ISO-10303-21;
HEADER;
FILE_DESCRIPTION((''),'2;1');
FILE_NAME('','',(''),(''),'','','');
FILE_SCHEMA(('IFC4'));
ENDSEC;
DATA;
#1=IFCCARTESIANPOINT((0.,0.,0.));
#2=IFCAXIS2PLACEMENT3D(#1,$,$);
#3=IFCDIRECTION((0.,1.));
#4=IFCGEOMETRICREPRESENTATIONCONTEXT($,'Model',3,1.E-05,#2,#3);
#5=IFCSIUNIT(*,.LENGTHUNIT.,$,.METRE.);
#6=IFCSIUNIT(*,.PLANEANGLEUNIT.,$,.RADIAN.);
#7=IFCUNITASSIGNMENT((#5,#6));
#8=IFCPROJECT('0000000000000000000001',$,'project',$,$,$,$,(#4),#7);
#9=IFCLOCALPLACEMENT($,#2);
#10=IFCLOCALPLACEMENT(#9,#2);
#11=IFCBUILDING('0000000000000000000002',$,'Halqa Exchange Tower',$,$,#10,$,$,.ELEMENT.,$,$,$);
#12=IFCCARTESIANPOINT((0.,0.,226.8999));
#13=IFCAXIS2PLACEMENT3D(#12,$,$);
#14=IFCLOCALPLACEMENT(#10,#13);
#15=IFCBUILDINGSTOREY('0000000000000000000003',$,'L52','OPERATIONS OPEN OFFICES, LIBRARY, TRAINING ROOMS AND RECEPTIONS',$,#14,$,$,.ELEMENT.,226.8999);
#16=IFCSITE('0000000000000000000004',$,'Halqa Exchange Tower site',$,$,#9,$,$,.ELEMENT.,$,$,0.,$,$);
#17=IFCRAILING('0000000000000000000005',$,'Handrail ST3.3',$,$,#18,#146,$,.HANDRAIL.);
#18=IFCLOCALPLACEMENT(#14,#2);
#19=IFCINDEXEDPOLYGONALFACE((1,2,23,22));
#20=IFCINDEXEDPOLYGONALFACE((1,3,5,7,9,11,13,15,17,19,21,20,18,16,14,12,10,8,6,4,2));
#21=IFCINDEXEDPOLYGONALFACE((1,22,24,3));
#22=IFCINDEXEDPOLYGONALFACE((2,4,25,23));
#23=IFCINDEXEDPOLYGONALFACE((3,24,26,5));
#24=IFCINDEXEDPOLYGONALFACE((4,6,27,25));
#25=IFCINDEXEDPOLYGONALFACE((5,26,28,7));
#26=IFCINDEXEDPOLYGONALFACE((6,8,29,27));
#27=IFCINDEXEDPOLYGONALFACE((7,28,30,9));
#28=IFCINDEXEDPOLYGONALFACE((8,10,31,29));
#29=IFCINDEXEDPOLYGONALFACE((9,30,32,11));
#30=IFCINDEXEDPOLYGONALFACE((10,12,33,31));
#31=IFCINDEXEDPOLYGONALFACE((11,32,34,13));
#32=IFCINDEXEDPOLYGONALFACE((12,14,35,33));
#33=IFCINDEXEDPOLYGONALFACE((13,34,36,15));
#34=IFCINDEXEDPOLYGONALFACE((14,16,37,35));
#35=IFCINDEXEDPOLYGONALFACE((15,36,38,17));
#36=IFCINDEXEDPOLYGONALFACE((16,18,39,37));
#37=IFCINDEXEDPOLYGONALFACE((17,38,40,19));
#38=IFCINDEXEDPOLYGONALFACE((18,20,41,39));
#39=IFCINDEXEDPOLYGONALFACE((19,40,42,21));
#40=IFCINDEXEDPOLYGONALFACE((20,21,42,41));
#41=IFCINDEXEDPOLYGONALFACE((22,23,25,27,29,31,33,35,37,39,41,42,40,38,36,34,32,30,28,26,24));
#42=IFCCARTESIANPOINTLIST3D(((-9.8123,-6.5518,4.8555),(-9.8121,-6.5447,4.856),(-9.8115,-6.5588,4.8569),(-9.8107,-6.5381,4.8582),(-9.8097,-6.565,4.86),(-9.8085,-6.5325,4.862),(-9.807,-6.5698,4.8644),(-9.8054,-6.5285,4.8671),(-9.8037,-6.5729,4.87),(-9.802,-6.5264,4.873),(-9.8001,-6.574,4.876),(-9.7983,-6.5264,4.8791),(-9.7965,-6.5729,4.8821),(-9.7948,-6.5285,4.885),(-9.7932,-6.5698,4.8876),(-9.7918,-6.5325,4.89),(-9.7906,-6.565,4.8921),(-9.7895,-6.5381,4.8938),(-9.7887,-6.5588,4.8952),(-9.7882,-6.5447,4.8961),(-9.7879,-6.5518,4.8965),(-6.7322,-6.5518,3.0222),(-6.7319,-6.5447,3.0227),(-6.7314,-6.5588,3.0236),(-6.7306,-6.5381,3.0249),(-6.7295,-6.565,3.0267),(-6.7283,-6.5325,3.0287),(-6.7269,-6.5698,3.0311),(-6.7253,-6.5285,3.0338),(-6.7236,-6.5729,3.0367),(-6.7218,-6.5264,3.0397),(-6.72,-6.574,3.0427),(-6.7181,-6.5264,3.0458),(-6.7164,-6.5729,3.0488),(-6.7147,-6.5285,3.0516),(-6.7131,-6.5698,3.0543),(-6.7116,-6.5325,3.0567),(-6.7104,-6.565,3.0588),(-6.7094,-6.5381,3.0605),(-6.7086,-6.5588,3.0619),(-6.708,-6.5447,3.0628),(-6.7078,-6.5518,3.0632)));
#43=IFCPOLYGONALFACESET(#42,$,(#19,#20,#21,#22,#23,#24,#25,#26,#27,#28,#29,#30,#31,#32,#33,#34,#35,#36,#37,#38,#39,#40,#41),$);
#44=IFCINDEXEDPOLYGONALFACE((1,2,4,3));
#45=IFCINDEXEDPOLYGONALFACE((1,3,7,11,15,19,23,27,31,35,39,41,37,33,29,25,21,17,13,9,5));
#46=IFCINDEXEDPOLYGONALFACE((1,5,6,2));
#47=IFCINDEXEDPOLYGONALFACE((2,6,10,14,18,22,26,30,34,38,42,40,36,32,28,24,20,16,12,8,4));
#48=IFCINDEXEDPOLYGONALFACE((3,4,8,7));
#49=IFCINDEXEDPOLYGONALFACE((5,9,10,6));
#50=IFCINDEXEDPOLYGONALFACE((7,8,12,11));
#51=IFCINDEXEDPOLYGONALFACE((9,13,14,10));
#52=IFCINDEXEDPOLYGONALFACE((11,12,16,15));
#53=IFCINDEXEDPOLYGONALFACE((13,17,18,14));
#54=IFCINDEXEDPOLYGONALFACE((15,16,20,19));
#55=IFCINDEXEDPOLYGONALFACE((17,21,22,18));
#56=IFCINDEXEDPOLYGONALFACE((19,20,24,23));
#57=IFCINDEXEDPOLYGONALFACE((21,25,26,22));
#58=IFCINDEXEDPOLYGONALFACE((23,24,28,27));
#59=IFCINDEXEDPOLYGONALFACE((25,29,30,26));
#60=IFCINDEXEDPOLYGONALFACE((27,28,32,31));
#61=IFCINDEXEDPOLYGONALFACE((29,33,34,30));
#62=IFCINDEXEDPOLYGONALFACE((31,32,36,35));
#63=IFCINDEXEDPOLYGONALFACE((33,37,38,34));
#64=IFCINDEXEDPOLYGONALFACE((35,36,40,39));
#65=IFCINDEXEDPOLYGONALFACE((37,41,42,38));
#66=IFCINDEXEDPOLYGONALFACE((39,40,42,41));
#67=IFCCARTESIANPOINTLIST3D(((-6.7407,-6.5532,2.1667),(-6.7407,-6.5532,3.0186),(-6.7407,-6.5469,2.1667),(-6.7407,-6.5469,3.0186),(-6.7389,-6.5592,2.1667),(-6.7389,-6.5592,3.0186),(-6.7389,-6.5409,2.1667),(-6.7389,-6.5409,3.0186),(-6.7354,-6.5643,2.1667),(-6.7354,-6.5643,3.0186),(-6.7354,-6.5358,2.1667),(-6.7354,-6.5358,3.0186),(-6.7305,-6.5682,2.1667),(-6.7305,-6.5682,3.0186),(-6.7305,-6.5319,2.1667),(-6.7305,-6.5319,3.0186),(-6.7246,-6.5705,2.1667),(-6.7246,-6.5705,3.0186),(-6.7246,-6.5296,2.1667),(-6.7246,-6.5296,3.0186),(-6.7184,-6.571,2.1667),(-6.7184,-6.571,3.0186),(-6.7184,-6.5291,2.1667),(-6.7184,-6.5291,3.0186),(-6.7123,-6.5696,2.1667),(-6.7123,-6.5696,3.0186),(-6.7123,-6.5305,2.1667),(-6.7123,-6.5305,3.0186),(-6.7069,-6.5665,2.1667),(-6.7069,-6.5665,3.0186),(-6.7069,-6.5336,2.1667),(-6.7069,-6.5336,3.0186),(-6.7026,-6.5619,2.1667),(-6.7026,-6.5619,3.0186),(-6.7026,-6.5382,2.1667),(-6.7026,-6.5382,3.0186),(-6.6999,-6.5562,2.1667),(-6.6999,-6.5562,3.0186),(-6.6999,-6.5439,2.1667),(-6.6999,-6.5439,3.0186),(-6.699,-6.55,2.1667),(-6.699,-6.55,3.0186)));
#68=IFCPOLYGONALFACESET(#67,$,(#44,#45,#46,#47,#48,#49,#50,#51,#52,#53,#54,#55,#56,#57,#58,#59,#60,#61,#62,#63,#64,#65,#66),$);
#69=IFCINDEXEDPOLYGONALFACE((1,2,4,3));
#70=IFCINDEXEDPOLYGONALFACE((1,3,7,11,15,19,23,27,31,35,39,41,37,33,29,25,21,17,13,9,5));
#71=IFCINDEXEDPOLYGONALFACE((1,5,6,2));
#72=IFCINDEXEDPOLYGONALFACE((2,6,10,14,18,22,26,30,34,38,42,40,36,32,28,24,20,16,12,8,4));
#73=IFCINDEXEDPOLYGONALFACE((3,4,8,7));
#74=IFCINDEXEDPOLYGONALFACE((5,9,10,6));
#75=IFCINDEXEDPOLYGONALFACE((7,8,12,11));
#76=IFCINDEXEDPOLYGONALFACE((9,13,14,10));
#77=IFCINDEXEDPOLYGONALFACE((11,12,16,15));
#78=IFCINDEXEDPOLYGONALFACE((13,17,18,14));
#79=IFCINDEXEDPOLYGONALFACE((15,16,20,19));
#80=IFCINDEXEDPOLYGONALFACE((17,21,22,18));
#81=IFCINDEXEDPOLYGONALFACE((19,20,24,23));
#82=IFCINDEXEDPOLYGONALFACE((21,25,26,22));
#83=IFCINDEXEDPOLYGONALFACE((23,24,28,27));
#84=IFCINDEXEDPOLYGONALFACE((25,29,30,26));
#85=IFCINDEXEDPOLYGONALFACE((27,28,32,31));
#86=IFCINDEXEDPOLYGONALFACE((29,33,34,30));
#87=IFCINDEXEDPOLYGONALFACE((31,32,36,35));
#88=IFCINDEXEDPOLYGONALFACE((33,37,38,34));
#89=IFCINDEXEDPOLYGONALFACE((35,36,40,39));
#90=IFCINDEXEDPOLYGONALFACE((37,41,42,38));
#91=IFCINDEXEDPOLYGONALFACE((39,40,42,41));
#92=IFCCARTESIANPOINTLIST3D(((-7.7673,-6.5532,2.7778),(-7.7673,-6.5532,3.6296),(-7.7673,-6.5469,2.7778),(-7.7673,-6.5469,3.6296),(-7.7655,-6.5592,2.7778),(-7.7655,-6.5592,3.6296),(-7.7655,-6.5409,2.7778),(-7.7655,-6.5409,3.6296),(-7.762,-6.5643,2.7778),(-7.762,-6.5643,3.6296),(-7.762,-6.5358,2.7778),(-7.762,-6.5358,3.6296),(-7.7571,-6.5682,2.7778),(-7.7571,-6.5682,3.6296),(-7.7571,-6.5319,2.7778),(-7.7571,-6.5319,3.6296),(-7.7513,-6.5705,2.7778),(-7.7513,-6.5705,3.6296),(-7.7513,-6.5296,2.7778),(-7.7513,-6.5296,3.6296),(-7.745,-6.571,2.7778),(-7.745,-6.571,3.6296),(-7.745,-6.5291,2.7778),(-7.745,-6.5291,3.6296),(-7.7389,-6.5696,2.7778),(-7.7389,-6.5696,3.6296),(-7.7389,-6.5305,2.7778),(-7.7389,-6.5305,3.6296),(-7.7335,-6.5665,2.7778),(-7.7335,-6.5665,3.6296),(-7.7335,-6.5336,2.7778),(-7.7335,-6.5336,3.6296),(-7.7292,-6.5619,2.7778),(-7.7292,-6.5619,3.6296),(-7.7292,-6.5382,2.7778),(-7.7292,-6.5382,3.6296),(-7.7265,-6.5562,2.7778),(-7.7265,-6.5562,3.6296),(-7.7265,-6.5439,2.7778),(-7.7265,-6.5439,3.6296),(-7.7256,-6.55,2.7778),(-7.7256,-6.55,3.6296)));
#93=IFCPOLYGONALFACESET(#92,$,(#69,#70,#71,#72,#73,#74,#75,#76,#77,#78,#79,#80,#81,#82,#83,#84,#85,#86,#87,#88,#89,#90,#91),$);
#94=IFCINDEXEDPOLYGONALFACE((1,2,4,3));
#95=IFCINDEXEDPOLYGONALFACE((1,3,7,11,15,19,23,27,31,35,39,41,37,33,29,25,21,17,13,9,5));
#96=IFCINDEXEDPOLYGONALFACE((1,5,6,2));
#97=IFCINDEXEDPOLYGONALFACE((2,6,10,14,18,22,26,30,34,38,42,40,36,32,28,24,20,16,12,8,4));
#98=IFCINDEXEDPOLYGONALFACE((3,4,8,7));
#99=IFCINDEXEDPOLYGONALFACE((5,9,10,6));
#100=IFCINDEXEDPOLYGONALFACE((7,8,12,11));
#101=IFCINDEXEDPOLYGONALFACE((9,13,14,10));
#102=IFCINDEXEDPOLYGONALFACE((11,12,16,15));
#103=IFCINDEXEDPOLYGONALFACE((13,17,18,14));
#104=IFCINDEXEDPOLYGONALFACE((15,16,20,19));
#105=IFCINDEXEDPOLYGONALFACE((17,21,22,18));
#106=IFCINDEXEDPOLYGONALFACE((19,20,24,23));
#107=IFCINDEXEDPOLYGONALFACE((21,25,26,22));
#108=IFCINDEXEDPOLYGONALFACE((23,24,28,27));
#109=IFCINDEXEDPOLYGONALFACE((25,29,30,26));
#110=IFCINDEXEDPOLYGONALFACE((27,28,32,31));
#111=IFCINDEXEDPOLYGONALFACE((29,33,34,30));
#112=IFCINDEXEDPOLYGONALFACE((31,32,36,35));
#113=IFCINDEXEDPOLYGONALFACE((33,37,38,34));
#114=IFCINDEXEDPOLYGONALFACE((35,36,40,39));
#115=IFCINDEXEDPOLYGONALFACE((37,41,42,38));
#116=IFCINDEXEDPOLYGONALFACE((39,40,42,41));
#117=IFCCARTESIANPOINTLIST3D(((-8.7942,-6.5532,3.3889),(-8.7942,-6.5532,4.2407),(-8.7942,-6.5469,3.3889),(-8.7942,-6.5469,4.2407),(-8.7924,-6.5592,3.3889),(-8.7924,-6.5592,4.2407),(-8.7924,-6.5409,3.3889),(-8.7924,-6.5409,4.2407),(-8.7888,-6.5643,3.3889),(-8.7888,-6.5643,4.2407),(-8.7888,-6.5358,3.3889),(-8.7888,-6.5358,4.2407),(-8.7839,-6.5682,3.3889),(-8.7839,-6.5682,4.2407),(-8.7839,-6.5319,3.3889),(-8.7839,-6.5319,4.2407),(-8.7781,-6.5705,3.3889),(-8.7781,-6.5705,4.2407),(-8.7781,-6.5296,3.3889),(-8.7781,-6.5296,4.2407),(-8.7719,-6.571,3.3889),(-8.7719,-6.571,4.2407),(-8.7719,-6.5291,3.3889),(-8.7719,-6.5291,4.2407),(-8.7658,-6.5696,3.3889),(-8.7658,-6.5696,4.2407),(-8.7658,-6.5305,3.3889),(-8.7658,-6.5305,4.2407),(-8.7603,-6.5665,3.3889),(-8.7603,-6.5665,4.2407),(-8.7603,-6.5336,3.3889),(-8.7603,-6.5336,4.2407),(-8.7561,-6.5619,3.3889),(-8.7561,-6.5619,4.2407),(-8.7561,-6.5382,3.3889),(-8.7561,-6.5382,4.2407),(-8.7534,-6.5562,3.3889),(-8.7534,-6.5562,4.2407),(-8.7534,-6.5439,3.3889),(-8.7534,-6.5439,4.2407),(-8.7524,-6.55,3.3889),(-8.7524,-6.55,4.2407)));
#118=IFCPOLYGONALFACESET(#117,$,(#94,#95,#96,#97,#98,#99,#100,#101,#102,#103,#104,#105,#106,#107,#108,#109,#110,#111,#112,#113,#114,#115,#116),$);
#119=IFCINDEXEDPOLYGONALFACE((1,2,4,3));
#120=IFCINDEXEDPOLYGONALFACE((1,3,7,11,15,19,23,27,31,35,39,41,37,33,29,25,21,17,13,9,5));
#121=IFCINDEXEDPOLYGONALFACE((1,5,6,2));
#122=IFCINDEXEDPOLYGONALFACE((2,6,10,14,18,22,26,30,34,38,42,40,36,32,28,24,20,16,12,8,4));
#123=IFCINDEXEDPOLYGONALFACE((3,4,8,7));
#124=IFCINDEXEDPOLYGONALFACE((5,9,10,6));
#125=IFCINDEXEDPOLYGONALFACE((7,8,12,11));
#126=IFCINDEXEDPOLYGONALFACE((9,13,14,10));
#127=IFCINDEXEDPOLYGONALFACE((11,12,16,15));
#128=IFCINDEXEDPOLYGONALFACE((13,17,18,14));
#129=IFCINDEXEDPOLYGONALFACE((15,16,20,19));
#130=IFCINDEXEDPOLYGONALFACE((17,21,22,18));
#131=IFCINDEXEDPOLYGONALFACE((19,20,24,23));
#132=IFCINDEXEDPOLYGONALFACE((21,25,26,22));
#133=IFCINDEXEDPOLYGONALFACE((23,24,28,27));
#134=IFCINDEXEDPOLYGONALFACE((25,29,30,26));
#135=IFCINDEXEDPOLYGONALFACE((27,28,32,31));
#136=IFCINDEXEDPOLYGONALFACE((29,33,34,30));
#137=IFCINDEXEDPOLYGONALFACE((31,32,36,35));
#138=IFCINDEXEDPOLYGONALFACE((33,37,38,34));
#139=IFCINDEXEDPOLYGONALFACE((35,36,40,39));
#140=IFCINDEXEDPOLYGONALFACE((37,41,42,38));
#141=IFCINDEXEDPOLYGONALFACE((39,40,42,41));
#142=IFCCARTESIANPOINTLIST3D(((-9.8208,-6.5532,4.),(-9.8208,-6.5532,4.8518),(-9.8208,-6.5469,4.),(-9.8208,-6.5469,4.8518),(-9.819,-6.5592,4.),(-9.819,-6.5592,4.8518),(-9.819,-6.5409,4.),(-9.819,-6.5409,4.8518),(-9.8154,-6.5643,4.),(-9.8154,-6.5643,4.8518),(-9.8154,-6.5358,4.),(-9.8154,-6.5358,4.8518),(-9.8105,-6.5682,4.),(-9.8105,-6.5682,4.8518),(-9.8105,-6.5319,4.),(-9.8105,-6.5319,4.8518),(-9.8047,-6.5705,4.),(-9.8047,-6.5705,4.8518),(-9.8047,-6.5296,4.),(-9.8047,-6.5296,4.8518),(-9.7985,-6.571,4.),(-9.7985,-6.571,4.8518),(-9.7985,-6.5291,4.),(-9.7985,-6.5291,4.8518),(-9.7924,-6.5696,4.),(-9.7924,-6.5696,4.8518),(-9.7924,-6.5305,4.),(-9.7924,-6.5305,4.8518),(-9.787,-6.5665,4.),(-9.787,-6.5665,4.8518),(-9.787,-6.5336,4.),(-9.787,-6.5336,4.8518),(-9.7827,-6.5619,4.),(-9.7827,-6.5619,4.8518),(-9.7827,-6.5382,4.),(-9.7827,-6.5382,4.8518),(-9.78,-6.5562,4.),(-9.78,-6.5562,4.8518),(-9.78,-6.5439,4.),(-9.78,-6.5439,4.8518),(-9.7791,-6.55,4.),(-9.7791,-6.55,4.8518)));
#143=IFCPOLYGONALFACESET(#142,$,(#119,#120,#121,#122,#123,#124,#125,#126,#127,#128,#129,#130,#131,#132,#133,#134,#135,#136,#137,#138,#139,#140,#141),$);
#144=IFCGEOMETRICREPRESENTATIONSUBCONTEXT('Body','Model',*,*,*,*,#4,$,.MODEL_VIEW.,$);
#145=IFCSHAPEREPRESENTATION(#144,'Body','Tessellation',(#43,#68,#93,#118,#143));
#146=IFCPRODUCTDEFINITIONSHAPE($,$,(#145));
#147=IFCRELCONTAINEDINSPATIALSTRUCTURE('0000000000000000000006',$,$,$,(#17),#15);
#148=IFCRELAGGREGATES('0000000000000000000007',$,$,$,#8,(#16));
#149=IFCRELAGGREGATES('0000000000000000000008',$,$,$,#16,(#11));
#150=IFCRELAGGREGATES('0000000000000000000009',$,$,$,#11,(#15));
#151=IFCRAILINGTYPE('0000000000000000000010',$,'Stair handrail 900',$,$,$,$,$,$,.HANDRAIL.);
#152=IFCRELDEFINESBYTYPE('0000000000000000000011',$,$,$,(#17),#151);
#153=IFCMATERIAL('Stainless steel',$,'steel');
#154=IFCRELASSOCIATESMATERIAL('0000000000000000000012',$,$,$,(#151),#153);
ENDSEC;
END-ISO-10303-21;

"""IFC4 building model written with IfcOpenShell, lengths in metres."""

from ifc_helpers import new_model, si_unit, direction, frame, origin, origin_2d, place, context, subcontext, project, spatial, circle, extrude, material, type_object, element, save


model = new_model("IFC4")

# Units and contexts
model_context = context("Model", 3, precision=1e-05, world=origin(), true_north=direction((0.0, 1.0)))
body_context = subcontext(model_context, "Body", "Model", "MODEL_VIEW")
ifc_project = project(units=[si_unit("LENGTHUNIT", "METRE"), si_unit("PLANEANGLEUNIT", "RADIAN")], contexts=[model_context])

# Site, building, storey
site_placement = place(None, origin())
site = spatial("IfcSite", under=ifc_project, at=site_placement, Name="Halqa Exchange Tower site", CompositionType="ELEMENT", RefElevation=0.0)
building_placement = place(site_placement, origin())
building = spatial("IfcBuilding", under=site, at=building_placement, Name="Halqa Exchange Tower", CompositionType="ELEMENT")
storey_placement = place(building_placement, frame((0.0, 0.0, 226.8999)))
storey = spatial("IfcBuildingStorey", under=building, at=storey_placement, Name="L52", Description="OPERATIONS OPEN OFFICES, LIBRARY, TRAINING ROOMS AND RECEPTIONS", CompositionType="ELEMENT", Elevation=226.8999)

# Shared definitions
ifc_material_1 = material(Name="Stainless steel", Category="steel")

# Railing
railing_type_1 = type_object("IfcRailingType", Name="Stair handrail 900", PredefinedType="HANDRAIL", material=ifc_material_1)
railing_1_placement = place(storey_placement, frame((-6.72, -6.55, 2.1667)))
element("IfcRailing", 1, at=railing_1_placement, inside=storey, type_object=railing_type_1, Name="Handrail ST3.3", PredefinedType="HANDRAIL", context=body_context, shape_type="SweptSolid", body=[
    extrude(circle(Radius=0.0239, at=origin_2d()), frame((0.0, 0.0, 0.876), z_axis=(-0.859309, 0.0, 0.511458), x_axis=(0.0, -1.0, 0.0)), (0.0, 0.0, 1.0), 3.5845),
    extrude(circle(Radius=0.021, at=origin_2d()), origin(), (0.0, 0.0, 1.0), 0.8518),
    extrude(circle(Radius=0.021, at=origin_2d()), frame((-1.0266, 0.0, 0.6111)), (0.0, 0.0, 1.0), 0.8518),
    extrude(circle(Radius=0.021, at=origin_2d()), frame((-2.0535, 0.0, 1.2222)), (0.0, 0.0, 1.0), 0.8518),
    extrude(circle(Radius=0.021, at=origin_2d()), frame((-3.0801, 0.0, 1.8333)), (0.0, 0.0, 1.0), 0.8518),
])

save(model, "model.ifc")
